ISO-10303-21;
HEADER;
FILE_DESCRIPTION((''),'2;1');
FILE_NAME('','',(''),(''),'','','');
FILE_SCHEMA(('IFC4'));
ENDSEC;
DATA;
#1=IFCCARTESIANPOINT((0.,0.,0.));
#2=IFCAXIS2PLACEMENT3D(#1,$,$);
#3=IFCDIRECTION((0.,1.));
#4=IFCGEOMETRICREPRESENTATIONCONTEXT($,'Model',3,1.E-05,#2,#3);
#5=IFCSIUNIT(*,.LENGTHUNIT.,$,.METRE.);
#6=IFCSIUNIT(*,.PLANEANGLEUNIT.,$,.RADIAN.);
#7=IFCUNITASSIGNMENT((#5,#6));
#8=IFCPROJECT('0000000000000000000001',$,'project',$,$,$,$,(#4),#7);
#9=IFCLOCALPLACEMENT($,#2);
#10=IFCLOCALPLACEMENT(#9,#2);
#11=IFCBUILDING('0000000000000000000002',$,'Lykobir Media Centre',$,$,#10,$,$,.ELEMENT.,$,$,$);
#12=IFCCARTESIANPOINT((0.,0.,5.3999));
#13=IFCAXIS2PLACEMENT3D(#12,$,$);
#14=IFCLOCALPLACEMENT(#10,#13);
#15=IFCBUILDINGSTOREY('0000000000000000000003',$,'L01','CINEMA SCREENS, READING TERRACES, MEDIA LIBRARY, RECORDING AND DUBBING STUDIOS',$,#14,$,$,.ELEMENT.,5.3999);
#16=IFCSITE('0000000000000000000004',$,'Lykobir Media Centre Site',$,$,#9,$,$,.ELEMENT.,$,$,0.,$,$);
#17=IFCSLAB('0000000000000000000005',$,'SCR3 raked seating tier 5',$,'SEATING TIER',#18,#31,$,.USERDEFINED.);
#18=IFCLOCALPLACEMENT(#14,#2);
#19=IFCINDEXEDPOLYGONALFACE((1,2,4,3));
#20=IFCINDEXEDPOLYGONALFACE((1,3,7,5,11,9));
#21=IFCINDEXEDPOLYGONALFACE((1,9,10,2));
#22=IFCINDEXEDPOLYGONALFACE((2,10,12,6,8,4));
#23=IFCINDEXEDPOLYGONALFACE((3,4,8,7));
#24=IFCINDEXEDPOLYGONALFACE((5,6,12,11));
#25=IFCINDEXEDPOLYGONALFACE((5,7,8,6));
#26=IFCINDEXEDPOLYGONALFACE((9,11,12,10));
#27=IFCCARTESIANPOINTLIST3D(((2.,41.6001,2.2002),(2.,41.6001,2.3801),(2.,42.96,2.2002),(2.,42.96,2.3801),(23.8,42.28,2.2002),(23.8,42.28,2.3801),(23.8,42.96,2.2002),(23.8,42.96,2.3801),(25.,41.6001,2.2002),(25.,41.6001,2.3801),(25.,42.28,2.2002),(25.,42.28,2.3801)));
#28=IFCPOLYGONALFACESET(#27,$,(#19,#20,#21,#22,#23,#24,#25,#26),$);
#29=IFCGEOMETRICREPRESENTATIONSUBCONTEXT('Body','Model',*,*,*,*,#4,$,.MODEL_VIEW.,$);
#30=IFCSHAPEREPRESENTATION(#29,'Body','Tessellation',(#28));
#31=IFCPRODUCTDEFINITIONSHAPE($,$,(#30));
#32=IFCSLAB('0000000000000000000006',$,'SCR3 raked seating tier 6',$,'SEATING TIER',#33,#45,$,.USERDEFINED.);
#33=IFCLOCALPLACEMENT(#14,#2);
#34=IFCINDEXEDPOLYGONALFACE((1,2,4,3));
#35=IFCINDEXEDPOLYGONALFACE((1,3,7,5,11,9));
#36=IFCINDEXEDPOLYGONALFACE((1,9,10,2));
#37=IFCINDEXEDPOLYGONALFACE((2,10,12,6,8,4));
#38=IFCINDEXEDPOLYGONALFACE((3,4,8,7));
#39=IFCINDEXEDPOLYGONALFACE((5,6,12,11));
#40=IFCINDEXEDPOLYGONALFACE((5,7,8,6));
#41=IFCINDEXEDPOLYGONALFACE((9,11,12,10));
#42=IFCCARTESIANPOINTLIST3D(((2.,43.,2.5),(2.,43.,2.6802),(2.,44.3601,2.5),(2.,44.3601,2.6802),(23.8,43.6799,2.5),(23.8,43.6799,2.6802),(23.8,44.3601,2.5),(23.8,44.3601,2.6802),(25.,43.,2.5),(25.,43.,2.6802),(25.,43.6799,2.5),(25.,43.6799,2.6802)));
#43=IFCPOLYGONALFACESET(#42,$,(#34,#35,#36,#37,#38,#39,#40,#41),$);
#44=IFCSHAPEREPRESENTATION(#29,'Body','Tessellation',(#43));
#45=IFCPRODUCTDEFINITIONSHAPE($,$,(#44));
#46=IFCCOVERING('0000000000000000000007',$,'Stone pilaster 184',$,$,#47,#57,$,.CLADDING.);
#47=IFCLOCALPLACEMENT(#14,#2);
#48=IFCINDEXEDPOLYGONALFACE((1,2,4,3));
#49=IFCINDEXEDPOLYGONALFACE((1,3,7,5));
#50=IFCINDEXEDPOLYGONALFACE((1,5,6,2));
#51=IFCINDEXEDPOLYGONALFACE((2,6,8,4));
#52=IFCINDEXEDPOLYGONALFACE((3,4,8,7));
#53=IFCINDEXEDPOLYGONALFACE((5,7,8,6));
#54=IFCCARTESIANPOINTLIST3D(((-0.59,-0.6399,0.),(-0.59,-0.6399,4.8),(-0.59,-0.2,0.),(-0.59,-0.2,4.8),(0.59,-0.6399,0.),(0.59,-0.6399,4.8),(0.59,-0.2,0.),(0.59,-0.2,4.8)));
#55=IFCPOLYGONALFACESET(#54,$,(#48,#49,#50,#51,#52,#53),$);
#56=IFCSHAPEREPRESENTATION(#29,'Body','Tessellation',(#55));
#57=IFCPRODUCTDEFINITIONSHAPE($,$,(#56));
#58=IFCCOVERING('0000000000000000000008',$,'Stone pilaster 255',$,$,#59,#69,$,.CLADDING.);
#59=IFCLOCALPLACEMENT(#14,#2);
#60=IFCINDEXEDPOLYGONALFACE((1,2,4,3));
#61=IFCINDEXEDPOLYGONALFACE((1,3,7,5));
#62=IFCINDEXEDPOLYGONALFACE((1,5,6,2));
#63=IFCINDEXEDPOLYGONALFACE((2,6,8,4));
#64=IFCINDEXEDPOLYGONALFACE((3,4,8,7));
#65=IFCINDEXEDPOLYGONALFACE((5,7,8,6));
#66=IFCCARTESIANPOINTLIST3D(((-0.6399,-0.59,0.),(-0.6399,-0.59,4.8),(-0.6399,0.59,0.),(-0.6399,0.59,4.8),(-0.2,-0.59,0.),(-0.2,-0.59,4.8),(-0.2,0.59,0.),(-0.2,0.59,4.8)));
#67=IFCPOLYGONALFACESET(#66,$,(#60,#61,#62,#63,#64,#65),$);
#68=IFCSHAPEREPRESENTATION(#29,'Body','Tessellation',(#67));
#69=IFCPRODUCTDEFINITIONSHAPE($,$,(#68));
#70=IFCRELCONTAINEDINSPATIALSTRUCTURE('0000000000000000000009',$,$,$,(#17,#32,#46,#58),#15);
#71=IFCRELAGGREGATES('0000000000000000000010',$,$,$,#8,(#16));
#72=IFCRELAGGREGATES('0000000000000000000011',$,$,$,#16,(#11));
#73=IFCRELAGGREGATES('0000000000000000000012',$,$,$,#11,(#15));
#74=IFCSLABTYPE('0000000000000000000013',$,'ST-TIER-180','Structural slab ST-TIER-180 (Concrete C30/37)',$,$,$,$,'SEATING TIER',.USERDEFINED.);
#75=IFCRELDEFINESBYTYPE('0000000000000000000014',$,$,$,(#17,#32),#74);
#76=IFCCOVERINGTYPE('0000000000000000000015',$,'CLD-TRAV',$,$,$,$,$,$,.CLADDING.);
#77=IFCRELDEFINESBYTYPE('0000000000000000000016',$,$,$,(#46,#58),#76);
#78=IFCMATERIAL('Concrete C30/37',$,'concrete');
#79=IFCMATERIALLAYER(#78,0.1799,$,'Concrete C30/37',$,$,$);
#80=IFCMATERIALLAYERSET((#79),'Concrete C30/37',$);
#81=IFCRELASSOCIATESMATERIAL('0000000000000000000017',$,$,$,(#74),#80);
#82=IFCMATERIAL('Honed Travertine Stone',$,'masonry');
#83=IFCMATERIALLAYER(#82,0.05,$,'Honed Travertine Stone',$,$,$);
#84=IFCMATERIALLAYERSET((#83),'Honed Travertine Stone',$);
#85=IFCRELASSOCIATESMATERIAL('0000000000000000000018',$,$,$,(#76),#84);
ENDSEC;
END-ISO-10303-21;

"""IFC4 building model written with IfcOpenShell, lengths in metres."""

from ifc_helpers import new_model, si_unit, direction, frame, origin, origin_2d, place, context, subcontext, project, spatial, polyline, rectangle, outline, extrude, material, layer, layer_set, type_object, element, save


model = new_model("IFC4")

# Units and contexts
model_context = context("Model", 3, precision=1e-05, world=origin(), true_north=direction((0.0, 1.0)))
body_context = subcontext(model_context, "Body", "Model", "MODEL_VIEW")
ifc_project = project(units=[si_unit("LENGTHUNIT", "METRE"), si_unit("PLANEANGLEUNIT", "RADIAN")], contexts=[model_context])

# Site, building, storey
site_placement = place(None, origin())
site = spatial("IfcSite", under=ifc_project, at=site_placement, Name="Lykobir Media Centre Site", CompositionType="ELEMENT", RefElevation=0.0)
building_placement = place(site_placement, origin())
building = spatial("IfcBuilding", under=site, at=building_placement, Name="Lykobir Media Centre", CompositionType="ELEMENT")
storey_placement = place(building_placement, frame((0.0, 0.0, 5.3999)))
storey = spatial("IfcBuildingStorey", under=building, at=storey_placement, Name="L01", Description="CINEMA SCREENS, READING TERRACES, MEDIA LIBRARY, RECORDING AND DUBBING STUDIOS", CompositionType="ELEMENT", Elevation=5.3999)

# Shared definitions
ifc_material_1 = material(Name="Concrete C30/37", Category="concrete")

# Slabs
ifc_layer_1 = layer(ifc_material_1, 0.1799, Name="Concrete C30/37")
ifc_layer_set_1 = layer_set([ifc_layer_1], Name="Concrete C30/37")
slab_type_1 = type_object("IfcSlabType", Name="ST-TIER-180", Description="Structural slab ST-TIER-180 (Concrete C30/37)", ElementType="SEATING TIER", PredefinedType="USERDEFINED", material=ifc_layer_set_1)
slab_1_placement = place(storey_placement, frame((0.0, 0.0, 2.2002)))
element("IfcSlab", 1, at=slab_1_placement, inside=storey, type_object=slab_type_1, Name="SCR3 raked seating tier 5", ObjectType="SEATING TIER", PredefinedType="USERDEFINED", context=body_context, shape_type="SweptSolid", body=[
    extrude(outline(polyline([(2.0, 41.6001), (25.0, 41.6001), (25.0, 42.28), (23.8, 42.28), (23.8, 42.96), (2.0, 42.96), (2.0, 41.6001)])), origin(), (0.0, 0.0, 1.0), 0.1799),
])
slab_2_placement = place(storey_placement, frame((0.0, 0.0, 2.5)))
element("IfcSlab", 2, at=slab_2_placement, inside=storey, type_object=slab_type_1, Name="SCR3 raked seating tier 6", ObjectType="SEATING TIER", PredefinedType="USERDEFINED", context=body_context, shape_type="SweptSolid", body=[
    extrude(outline(polyline([(2.0, 43.0), (25.0, 43.0), (25.0, 43.6799), (23.8, 43.6799), (23.8, 44.3601), (2.0, 44.3601), (2.0, 43.0)])), origin(), (0.0, 0.0, 1.0), 0.1802),
])

# Coverings
ifc_material_2 = material(Name="Honed Travertine Stone", Category="masonry")
ifc_layer_2 = layer(ifc_material_2, 0.05, Name="Honed Travertine Stone")
ifc_layer_set_2 = layer_set([ifc_layer_2], Name="Honed Travertine Stone")
covering_type = type_object("IfcCoveringType", Name="CLD-TRAV", PredefinedType="CLADDING", material=ifc_layer_set_2)
for number, where, z_axis, x_axis, name in (
    (3, (0.0, -0.4199, 0.0), (0.0, 0.0, 1.0), (1.0, 0.0, 0.0), "Stone pilaster 184"),
    (4, (-0.4199, 0.0, 0.0), (0.0, 0.0, 1.0), (0.0, -1.0, 0.0), "Stone pilaster 255"),
):
    element("IfcCovering", number, at=place(storey_placement, frame(where, z_axis=z_axis, x_axis=x_axis)), inside=storey, type_object=covering_type, Name=name, PredefinedType="CLADDING", context=body_context, shape_type="SweptSolid", body=[
        extrude(rectangle(XDim=1.1799, YDim=0.4399, at=origin_2d()), origin(), (0.0, 0.0, 1.0), 4.8),
    ])

save(model, "model.ifc")
